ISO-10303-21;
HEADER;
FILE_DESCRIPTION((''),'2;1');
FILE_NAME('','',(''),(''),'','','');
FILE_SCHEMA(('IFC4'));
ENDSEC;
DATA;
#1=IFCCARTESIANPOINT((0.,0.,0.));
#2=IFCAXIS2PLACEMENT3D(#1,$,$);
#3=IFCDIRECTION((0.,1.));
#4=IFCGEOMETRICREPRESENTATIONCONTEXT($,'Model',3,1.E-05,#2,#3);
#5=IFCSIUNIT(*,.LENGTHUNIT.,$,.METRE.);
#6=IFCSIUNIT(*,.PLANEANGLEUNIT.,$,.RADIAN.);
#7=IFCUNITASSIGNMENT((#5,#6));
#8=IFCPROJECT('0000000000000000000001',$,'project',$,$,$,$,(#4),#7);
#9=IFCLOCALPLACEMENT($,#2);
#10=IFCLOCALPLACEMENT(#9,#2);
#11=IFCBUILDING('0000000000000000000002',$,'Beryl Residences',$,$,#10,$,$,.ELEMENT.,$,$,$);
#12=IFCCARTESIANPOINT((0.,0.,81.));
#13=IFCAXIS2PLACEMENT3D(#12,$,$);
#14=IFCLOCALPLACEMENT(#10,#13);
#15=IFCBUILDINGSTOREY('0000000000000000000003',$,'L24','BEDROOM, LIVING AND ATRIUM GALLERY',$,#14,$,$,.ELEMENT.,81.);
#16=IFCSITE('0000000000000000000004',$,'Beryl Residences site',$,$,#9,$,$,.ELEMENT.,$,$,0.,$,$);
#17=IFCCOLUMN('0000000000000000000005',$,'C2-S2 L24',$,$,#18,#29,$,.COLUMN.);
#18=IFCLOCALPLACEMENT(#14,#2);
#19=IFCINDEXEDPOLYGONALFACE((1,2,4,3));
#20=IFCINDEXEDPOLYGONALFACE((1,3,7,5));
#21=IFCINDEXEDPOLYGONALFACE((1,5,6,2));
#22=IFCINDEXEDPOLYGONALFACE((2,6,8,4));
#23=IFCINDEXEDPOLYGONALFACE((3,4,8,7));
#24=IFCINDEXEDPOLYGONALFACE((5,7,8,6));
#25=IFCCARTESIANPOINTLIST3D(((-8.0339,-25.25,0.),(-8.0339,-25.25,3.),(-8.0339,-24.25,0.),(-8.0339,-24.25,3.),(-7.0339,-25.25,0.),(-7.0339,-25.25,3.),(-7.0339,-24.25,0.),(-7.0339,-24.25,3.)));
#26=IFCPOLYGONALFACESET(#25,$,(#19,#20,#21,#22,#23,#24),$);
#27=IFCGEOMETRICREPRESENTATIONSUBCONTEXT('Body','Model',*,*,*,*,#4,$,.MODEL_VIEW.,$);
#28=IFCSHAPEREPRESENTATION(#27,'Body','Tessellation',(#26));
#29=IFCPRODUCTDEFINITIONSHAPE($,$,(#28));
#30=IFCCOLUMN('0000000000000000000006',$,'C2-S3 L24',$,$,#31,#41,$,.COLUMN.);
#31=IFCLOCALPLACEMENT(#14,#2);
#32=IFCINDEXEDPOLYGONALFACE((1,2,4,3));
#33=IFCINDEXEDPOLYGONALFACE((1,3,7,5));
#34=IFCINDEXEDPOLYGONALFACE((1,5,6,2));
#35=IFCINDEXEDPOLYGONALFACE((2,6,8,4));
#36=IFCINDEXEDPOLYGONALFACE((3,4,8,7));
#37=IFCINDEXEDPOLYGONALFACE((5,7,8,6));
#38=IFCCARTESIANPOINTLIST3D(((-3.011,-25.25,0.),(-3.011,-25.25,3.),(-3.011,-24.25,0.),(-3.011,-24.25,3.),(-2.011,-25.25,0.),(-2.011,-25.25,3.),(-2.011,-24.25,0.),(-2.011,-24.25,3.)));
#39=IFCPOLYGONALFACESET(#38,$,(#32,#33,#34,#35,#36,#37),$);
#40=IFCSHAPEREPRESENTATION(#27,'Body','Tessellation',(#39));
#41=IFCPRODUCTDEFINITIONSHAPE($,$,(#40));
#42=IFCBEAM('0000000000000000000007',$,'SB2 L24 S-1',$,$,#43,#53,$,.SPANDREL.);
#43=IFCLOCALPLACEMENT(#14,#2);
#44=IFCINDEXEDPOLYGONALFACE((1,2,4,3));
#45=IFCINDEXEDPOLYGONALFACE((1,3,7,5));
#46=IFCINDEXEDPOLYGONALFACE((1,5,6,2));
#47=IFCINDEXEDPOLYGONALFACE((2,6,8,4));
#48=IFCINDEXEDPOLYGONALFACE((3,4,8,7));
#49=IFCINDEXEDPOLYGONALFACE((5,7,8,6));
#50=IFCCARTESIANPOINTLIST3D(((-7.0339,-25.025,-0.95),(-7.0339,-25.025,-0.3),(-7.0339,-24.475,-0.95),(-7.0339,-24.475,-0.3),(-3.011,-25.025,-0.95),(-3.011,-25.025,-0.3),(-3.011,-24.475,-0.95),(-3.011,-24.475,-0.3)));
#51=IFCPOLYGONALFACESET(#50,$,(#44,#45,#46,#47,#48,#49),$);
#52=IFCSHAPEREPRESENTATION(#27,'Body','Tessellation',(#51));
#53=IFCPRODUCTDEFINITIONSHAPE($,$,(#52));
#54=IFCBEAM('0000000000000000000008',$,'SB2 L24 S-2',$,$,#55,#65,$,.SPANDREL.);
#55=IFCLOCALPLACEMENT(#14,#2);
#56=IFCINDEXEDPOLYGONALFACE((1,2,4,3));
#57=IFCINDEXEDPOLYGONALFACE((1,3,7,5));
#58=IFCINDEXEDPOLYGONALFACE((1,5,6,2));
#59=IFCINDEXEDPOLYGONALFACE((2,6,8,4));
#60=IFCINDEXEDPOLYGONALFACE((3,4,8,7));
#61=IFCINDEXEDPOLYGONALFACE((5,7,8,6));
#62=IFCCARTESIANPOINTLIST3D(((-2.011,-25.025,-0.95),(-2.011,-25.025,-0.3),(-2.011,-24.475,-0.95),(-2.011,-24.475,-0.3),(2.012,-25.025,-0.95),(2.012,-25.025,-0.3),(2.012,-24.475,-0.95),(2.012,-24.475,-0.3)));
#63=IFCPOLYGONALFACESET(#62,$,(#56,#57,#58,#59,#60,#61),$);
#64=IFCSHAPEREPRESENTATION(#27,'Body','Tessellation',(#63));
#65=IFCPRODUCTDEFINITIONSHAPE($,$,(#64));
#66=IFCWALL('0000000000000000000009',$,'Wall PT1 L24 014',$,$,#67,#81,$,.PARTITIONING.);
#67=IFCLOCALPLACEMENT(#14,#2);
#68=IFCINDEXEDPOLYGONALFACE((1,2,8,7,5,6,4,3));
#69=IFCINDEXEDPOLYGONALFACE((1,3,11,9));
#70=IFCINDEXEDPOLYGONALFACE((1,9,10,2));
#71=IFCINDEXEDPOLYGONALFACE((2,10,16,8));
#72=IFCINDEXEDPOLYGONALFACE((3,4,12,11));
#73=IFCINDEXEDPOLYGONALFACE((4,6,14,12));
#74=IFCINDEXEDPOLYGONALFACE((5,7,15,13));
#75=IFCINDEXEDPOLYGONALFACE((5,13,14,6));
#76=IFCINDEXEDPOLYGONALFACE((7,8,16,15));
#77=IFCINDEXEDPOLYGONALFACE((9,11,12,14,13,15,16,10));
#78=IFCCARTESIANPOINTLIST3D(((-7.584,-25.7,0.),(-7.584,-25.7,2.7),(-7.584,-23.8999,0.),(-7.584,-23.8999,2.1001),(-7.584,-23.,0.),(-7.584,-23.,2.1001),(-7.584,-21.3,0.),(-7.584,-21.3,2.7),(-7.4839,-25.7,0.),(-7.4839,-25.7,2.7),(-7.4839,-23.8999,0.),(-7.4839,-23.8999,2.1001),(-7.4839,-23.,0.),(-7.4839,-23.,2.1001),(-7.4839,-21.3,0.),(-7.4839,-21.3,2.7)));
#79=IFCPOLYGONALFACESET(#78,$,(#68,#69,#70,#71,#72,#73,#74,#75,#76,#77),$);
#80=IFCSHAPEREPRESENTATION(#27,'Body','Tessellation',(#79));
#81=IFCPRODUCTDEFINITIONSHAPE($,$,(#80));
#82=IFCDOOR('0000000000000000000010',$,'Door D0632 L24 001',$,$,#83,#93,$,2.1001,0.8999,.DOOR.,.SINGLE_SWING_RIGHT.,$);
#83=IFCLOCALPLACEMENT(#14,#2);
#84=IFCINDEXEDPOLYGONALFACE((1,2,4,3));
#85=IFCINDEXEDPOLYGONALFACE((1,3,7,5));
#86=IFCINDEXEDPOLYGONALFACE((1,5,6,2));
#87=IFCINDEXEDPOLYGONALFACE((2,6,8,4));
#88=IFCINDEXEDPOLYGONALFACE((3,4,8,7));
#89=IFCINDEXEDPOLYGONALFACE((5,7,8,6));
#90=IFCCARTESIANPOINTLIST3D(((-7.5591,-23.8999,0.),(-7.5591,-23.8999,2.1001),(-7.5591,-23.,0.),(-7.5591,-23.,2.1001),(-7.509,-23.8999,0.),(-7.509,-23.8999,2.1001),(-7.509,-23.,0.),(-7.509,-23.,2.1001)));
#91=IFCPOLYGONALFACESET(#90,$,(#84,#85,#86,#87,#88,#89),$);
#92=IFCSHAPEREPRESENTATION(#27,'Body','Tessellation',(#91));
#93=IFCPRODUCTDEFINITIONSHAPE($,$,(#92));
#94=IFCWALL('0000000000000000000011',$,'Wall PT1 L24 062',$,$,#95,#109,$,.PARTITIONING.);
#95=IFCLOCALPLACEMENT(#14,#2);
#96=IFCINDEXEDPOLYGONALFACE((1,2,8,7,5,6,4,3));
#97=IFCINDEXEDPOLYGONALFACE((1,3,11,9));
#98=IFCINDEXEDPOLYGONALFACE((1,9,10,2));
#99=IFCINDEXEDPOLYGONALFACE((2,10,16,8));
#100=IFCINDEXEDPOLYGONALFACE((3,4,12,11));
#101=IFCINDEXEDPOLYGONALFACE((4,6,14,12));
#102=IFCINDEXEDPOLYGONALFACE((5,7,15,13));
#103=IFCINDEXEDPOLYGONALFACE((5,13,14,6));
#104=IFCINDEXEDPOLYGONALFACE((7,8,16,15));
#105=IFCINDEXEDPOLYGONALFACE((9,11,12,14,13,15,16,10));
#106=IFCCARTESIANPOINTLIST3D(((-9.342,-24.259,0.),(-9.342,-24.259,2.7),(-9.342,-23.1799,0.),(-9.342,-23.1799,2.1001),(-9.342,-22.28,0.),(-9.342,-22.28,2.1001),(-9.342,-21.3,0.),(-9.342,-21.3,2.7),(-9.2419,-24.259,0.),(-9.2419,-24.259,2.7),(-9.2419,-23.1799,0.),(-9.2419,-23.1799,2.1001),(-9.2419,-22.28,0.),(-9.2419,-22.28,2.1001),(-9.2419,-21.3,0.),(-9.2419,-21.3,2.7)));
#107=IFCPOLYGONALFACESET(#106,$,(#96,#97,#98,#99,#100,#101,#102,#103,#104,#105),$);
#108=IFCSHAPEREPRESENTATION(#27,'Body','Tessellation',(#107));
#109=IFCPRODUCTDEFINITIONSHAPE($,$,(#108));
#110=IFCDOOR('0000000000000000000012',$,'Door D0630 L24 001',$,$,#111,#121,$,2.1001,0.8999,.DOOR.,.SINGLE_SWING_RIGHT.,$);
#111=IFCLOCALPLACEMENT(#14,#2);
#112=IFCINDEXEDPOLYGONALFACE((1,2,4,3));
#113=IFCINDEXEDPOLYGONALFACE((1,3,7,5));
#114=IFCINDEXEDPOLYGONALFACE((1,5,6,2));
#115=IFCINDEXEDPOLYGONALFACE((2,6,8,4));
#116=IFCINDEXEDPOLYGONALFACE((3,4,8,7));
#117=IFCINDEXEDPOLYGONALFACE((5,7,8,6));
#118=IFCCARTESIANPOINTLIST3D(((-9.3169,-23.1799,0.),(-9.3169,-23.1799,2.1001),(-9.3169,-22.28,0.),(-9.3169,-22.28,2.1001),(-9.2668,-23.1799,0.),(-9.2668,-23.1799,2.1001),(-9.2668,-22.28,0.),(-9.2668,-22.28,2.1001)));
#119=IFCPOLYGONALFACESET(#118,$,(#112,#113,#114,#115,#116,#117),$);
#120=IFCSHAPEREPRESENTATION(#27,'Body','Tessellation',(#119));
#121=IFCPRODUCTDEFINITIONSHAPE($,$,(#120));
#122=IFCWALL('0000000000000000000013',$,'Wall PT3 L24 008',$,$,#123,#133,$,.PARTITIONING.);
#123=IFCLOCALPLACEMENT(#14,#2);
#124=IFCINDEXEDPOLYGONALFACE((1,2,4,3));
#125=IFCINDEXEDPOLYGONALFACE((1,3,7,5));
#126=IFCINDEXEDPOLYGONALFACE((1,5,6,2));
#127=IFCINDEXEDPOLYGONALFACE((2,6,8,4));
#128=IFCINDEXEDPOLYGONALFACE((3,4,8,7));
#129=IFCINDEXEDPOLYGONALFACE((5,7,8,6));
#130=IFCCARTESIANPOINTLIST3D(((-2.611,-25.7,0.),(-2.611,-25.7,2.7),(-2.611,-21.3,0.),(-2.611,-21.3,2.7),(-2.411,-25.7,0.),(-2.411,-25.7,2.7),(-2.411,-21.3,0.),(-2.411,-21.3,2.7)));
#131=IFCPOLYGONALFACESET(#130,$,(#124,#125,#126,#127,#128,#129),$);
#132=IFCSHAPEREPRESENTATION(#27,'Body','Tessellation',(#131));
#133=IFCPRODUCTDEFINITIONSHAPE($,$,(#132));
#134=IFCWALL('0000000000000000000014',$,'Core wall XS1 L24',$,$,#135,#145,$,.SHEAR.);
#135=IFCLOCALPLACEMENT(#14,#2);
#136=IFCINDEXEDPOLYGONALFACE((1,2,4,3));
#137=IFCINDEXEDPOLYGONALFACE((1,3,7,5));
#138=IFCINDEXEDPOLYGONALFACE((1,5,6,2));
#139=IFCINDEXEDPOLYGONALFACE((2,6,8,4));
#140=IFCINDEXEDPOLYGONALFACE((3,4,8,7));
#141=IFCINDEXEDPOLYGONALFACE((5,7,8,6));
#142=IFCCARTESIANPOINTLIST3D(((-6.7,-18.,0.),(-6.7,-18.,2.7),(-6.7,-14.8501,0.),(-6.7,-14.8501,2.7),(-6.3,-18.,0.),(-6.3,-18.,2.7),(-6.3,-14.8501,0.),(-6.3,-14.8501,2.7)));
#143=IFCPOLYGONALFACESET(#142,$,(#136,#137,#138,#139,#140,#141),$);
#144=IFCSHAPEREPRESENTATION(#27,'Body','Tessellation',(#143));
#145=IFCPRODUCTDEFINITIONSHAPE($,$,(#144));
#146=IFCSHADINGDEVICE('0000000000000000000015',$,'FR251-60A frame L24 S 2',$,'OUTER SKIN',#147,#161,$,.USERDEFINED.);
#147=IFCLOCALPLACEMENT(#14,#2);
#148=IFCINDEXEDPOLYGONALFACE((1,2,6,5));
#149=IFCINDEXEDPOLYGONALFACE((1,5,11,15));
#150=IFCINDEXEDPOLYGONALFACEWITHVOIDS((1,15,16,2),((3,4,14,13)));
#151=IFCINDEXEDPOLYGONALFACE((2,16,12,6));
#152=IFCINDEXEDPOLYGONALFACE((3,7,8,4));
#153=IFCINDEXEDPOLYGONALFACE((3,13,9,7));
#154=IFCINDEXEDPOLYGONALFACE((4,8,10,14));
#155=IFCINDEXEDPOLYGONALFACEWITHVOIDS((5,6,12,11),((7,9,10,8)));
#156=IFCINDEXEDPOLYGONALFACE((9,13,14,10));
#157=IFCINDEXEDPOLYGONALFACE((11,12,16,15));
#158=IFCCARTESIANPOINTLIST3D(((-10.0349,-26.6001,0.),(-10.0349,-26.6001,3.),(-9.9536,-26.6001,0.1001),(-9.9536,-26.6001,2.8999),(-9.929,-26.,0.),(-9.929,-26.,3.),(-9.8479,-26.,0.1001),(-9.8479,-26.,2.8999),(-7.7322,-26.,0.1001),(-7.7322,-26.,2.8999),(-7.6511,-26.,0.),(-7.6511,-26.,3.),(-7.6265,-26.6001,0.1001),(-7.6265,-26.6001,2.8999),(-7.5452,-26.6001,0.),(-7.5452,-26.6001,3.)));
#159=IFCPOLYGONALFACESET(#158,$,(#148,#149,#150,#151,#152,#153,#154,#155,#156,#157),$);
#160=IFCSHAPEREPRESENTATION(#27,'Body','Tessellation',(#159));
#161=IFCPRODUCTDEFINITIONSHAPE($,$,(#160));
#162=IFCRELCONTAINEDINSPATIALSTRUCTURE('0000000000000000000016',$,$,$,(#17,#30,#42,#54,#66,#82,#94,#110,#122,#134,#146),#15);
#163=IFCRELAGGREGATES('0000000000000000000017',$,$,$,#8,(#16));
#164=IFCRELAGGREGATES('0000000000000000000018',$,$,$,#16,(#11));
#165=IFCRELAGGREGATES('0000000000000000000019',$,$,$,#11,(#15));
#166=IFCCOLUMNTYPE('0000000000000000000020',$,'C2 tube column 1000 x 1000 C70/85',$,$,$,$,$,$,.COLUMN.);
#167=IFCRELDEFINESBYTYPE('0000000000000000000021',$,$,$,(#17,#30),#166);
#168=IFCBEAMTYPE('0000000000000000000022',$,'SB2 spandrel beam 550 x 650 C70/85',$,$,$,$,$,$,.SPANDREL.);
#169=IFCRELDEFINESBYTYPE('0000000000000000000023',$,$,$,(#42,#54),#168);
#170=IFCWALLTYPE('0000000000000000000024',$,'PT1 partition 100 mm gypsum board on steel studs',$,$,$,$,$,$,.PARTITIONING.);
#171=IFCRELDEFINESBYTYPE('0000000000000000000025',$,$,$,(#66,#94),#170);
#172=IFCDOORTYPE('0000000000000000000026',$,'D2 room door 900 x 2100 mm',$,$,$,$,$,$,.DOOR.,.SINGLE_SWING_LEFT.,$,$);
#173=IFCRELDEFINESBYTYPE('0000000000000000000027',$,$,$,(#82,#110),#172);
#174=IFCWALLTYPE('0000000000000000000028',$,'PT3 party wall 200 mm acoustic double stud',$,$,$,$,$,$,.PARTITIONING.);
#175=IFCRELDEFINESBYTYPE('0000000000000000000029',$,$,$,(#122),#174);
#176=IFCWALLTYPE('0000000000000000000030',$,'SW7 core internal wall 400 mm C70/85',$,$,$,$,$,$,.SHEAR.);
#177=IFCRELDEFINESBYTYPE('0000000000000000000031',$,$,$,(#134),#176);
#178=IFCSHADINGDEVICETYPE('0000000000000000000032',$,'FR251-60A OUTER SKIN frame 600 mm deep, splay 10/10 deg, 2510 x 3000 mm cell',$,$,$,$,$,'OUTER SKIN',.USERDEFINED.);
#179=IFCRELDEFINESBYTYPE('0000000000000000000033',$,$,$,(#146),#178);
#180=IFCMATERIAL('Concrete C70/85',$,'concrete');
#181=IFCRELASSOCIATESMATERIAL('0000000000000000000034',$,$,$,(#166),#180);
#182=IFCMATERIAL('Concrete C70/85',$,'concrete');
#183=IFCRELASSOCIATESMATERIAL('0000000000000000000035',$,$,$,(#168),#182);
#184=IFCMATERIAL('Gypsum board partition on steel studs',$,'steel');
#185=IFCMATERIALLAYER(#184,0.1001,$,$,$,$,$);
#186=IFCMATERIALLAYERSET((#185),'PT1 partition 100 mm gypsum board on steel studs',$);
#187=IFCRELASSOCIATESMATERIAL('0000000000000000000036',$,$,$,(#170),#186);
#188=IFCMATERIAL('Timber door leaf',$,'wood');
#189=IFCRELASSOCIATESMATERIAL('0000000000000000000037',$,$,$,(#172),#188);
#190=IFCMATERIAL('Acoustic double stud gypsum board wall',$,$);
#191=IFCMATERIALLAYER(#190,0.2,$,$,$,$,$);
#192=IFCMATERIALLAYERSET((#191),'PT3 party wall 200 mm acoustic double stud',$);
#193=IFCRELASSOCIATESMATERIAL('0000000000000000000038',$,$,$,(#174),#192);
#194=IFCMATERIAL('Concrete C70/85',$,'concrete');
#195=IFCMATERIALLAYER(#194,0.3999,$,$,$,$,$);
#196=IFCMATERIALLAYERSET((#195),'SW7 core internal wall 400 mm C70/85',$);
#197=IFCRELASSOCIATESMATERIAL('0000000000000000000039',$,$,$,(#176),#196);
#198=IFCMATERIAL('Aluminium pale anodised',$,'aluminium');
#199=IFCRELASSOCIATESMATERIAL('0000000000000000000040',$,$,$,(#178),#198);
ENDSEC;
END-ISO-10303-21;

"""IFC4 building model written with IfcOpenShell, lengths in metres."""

from ifc_helpers import new_model, entity, si_unit, direction, frame, frame_2d, origin, origin_2d, place, context, subcontext, project, spatial, rectangle, extrude, source, transform, mapped, material, layer, layer_set, material_profile, profile_set, type_object, type_shapes, element, fill, save


model = new_model("IFC4")

# Units and contexts
model_context = context("Model", 3, precision=1e-05, world=origin(), true_north=direction((0.0, 1.0)))
body_context = subcontext(model_context, "Body", "Model", "MODEL_VIEW")
ifc_project = project(units=[si_unit("LENGTHUNIT", "METRE"), si_unit("PLANEANGLEUNIT", "RADIAN")], contexts=[model_context])

# Site, building, storey
site_placement = place(None, origin())
site = spatial("IfcSite", under=ifc_project, at=site_placement, Name="Beryl Residences site", CompositionType="ELEMENT", RefElevation=0.0)
building_placement = place(site_placement, origin())
building = spatial("IfcBuilding", under=site, at=building_placement, Name="Beryl Residences", CompositionType="ELEMENT")
storey_placement = place(building_placement, frame((0.0, 0.0, 81.0)))
storey = spatial("IfcBuildingStorey", under=building, at=storey_placement, Name="L24", Description="BEDROOM, LIVING AND ATRIUM GALLERY", CompositionType="ELEMENT", Elevation=81.0)

# Columns
ifc_material_1 = material(Name="Concrete C70/85", Category="concrete")
ifc_material_profile_1 = material_profile(ifc_material_1, rectangle(XDim=1.0, YDim=1.0, at=origin_2d()))
ifc_profile_set_1 = profile_set([ifc_material_profile_1], Name="Concrete C70/85")
column_type = type_object("IfcColumnType", Name="C2 tube column 1000 x 1000 C70/85", PredefinedType="COLUMN", material=ifc_profile_set_1)
for number, where, z_axis, x_axis, name in (
    (1, (-7.5339, -24.75, 0.0), (0.0, 0.0, 1.0), (1.0, 0.0, 0.0), "C2-S2 L24"),
    (2, (-2.511, -24.75, 0.0), (0.0, 0.0, 1.0), (1.0, 0.0, 0.0), "C2-S3 L24"),
):
    element("IfcColumn", number, at=place(storey_placement, frame(where, z_axis=z_axis, x_axis=x_axis)), inside=storey, type_object=column_type, Name=name, PredefinedType="COLUMN", context=body_context, shape_type="SweptSolid", body=[
        extrude(rectangle(XDim=1.0, YDim=1.0, at=origin_2d()), origin(), (0.0, 0.0, 1.0), 3.0),
    ])

# Beams
ifc_material_2 = material(Name="Concrete C70/85", Category="concrete")
ifc_material_profile_2 = material_profile(ifc_material_2, rectangle(XDim=0.55, YDim=0.6499, at=origin_2d()))
ifc_profile_set_2 = profile_set([ifc_material_profile_2], Name="Concrete C70/85")
beam_type = type_object("IfcBeamType", Name="SB2 spandrel beam 550 x 650 C70/85", PredefinedType="SPANDREL", material=ifc_profile_set_2)
for number, where, z_axis, x_axis, name in (
    (3, (-7.0339, -24.75, -0.625), (1.0, 0.0, 0.0), (0.0, 1.0, 0.0), "SB2 L24 S-1"),
    (4, (-2.011, -24.75, -0.625), (1.0, 0.0, 0.0), (0.0, 1.0, 0.0), "SB2 L24 S-2"),
):
    element("IfcBeam", number, at=place(storey_placement, frame(where, z_axis=z_axis, x_axis=x_axis)), inside=storey, type_object=beam_type, Name=name, PredefinedType="SPANDREL", context=body_context, shape_type="SweptSolid", body=[
        extrude(rectangle(XDim=0.55, YDim=0.6499, at=origin_2d()), origin(), (0.0, 0.0, 1.0), 4.0229),
    ])

# Walls, openings, doors
ifc_material_3 = material(Name="Gypsum board partition on steel studs", Category="steel")
ifc_layer_1 = layer(ifc_material_3, 0.1001)
ifc_layer_set_1 = layer_set([ifc_layer_1], Name="PT1 partition 100 mm gypsum board on steel studs")
wall_type_1 = type_object("IfcWallType", Name="PT1 partition 100 mm gypsum board on steel studs", PredefinedType="PARTITIONING", material=ifc_layer_set_1)
wall_1_placement = place(storey_placement, frame((-7.5339, -21.3, 0.0), z_axis=(0.0, 0.0, 1.0), x_axis=(0.0, -1.0, 0.0)))
wall_1 = element("IfcWall", 5, at=wall_1_placement, inside=storey, type_object=wall_type_1, Name="Wall PT1 L24 014", PredefinedType="PARTITIONING", context=body_context, shape_type="SweptSolid", body=[
    extrude(rectangle(XDim=4.3999, YDim=0.1001, at=frame_2d((2.2, 0.0))), origin(), (0.0, 0.0, 1.0), 2.7),
])
opening_1_placement = place(wall_1_placement, frame((1.7, 0.0, 0.0)))
opening_1 = element("IfcOpeningElement", 6, at=opening_1_placement, cuts=wall_1, PredefinedType="OPENING", context=body_context, shape_type="SweptSolid", body=[
    extrude(rectangle(XDim=0.8999, YDim=2.1001, at=frame_2d((0.45, 1.05))), frame((0.0, 0.0601, 0.0), z_axis=(0.0, -1.0, 0.0), x_axis=(1.0, 0.0, 0.0)), (0.0, 0.0, 1.0), 0.1201),
])
ifc_material_4 = material(Name="Timber door leaf", Category="wood")
door_type = type_object("IfcDoorType", Name="D2 room door 900 x 2100 mm", OperationType="SINGLE_SWING_LEFT", PredefinedType="DOOR", material=ifc_material_4)
door_1_placement = place(opening_1_placement, origin())
door_1 = element("IfcDoor", 7, at=door_1_placement, inside=storey, type_object=door_type, Name="Door D0632 L24 001", OperationType="SINGLE_SWING_RIGHT", OverallHeight=2.1001, OverallWidth=0.8999, PredefinedType="DOOR", context=body_context, shape_type="SweptSolid", body=[
    extrude(rectangle(XDim=0.8999, YDim=2.1001, at=frame_2d((0.45, 1.05))), frame((0.0, 0.0249, 0.0), z_axis=(0.0, -1.0, 0.0), x_axis=(1.0, 0.0, 0.0)), (0.0, 0.0, 1.0), 0.05),
])
fill(opening_1, door_1)
wall_2_placement = place(storey_placement, frame((-9.292, -24.259, 0.0), z_axis=(0.0, 0.0, 1.0), x_axis=(0.0, 1.0, 0.0)))
wall_2 = element("IfcWall", 8, at=wall_2_placement, inside=storey, type_object=wall_type_1, Name="Wall PT1 L24 062", PredefinedType="PARTITIONING", context=body_context, shape_type="SweptSolid", body=[
    extrude(rectangle(XDim=2.959, YDim=0.1001, at=frame_2d((1.4795, 0.0))), origin(), (0.0, 0.0, 1.0), 2.7),
])
opening_2_placement = place(wall_2_placement, frame((1.0791, 0.0, 0.0)))
opening_2 = element("IfcOpeningElement", 9, at=opening_2_placement, cuts=wall_2, PredefinedType="OPENING", context=body_context, shape_type="SweptSolid", body=[
    extrude(rectangle(XDim=0.8999, YDim=2.1001, at=frame_2d((0.45, 1.05))), frame((0.0, 0.0601, 0.0), z_axis=(0.0, -1.0, 0.0), x_axis=(1.0, 0.0, 0.0)), (0.0, 0.0, 1.0), 0.1201),
])
door_2_placement = place(opening_2_placement, origin())
door_2 = element("IfcDoor", 10, at=door_2_placement, inside=storey, type_object=door_type, Name="Door D0630 L24 001", OperationType="SINGLE_SWING_RIGHT", OverallHeight=2.1001, OverallWidth=0.8999, PredefinedType="DOOR", context=body_context, shape_type="SweptSolid", body=[
    extrude(rectangle(XDim=0.8999, YDim=2.1001, at=frame_2d((0.45, 1.05))), frame((0.0, 0.0249, 0.0), z_axis=(0.0, -1.0, 0.0), x_axis=(1.0, 0.0, 0.0)), (0.0, 0.0, 1.0), 0.05),
])
fill(opening_2, door_2)

# Walls
ifc_material_5 = material(Name="Acoustic double stud gypsum board wall")
ifc_layer_2 = layer(ifc_material_5, 0.2)
ifc_layer_set_2 = layer_set([ifc_layer_2], Name="PT3 party wall 200 mm acoustic double stud")
wall_type_2 = type_object("IfcWallType", Name="PT3 party wall 200 mm acoustic double stud", PredefinedType="PARTITIONING", material=ifc_layer_set_2)
wall_3_placement = place(storey_placement, frame((-2.511, -25.7, 0.0), z_axis=(0.0, 0.0, 1.0), x_axis=(0.0, 1.0, 0.0)))
element("IfcWall", 11, at=wall_3_placement, inside=storey, type_object=wall_type_2, Name="Wall PT3 L24 008", PredefinedType="PARTITIONING", context=body_context, shape_type="SweptSolid", body=[
    extrude(rectangle(XDim=4.3999, YDim=0.2, at=frame_2d((2.2, 0.0))), origin(), (0.0, 0.0, 1.0), 2.7),
])
ifc_material_6 = material(Name="Concrete C70/85", Category="concrete")
ifc_layer_3 = layer(ifc_material_6, 0.3999)
ifc_layer_set_3 = layer_set([ifc_layer_3], Name="SW7 core internal wall 400 mm C70/85")
wall_type_3 = type_object("IfcWallType", Name="SW7 core internal wall 400 mm C70/85", PredefinedType="SHEAR", material=ifc_layer_set_3)
wall_4_placement = place(storey_placement, frame((-6.5, -18.0, 0.0), z_axis=(0.0, 0.0, 1.0), x_axis=(0.0, 1.0, 0.0)))
element("IfcWall", 12, at=wall_4_placement, inside=storey, type_object=wall_type_3, Name="Core wall XS1 L24", PredefinedType="SHEAR", context=body_context, shape_type="SweptSolid", body=[
    extrude(rectangle(XDim=3.1499, YDim=0.3999, at=frame_2d((1.575, 0.0))), origin(), (0.0, 0.0, 1.0), 2.7),
])

# Shading device
ifc_material_7 = material(Name="Aluminium pale anodised", Category="aluminium")
shading_device_type = type_object("IfcShadingDeviceType", Name="FR251-60A OUTER SKIN frame 600 mm deep, splay 10/10 deg, 2510 x 3000 mm cell", ElementType="OUTER SKIN", PredefinedType="USERDEFINED", material=ifc_material_7)
cartesian_point_1 = entity("IfcCartesianPoint", [-1.1389, 0.0])
cartesian_point_2 = entity("IfcCartesianPoint", [-1.0579, 0.1001])
cartesian_point_3 = entity("IfcCartesianPoint", [-1.2449, 0.0])
cartesian_point_4 = entity("IfcCartesianPoint", [-1.1636, 0.1001])
shared_shape = source(origin(), body_context, "Body", "SweptSolid", [
    entity("IfcExtrudedAreaSolidTapered", entity("IfcArbitraryProfileDefWithVoids", "AREA", None, entity("IfcPolyline", [cartesian_point_1, entity("IfcCartesianPoint", [1.1389, 0.0]), entity("IfcCartesianPoint", [1.1389, 3.0]), entity("IfcCartesianPoint", [-1.1389, 3.0]), cartesian_point_1]), [entity("IfcPolyline", [cartesian_point_2, entity("IfcCartesianPoint", [1.0579, 0.1001]), entity("IfcCartesianPoint", [1.0579, 2.8999]), entity("IfcCartesianPoint", [-1.0579, 2.8999]), cartesian_point_2])]), entity("IfcAxis2Placement3D", entity("IfcCartesianPoint", [0.0, 0.0, 0.0]), entity("IfcDirection", [0.0, 1.0, 0.0]), entity("IfcDirection", [-1.0, 0.0, 0.0])), entity("IfcDirection", [0.0, 0.0, 1.0]), 0.6001, entity("IfcArbitraryProfileDefWithVoids", "AREA", None, entity("IfcPolyline", [cartesian_point_3, entity("IfcCartesianPoint", [1.2449, 0.0]), entity("IfcCartesianPoint", [1.2449, 3.0]), entity("IfcCartesianPoint", [-1.2449, 3.0]), cartesian_point_3]), [entity("IfcPolyline", [cartesian_point_4, entity("IfcCartesianPoint", [1.1636, 0.1001]), entity("IfcCartesianPoint", [1.1636, 2.8999]), entity("IfcCartesianPoint", [-1.1636, 2.8999]), cartesian_point_4])])),
])
type_shapes(shading_device_type, [shared_shape])
for number, where, z_axis, x_axis, name in (
    (13, (-8.79, -26.0, 0.0), (0.0, 0.0, 1.0), (-1.0, 0.0, 0.0), "FR251-60A frame L24 S 2"),
):
    element("IfcShadingDevice", number, at=place(storey_placement, frame(where, z_axis=z_axis, x_axis=x_axis)), inside=storey, type_object=shading_device_type, Name=name, ObjectType="OUTER SKIN", PredefinedType="USERDEFINED", context=body_context, shape_type="MappedRepresentation", body=[
        mapped(shared_shape, transform((0.0, 0.0, 0.0))),
    ])

save(model, "model.ifc")
